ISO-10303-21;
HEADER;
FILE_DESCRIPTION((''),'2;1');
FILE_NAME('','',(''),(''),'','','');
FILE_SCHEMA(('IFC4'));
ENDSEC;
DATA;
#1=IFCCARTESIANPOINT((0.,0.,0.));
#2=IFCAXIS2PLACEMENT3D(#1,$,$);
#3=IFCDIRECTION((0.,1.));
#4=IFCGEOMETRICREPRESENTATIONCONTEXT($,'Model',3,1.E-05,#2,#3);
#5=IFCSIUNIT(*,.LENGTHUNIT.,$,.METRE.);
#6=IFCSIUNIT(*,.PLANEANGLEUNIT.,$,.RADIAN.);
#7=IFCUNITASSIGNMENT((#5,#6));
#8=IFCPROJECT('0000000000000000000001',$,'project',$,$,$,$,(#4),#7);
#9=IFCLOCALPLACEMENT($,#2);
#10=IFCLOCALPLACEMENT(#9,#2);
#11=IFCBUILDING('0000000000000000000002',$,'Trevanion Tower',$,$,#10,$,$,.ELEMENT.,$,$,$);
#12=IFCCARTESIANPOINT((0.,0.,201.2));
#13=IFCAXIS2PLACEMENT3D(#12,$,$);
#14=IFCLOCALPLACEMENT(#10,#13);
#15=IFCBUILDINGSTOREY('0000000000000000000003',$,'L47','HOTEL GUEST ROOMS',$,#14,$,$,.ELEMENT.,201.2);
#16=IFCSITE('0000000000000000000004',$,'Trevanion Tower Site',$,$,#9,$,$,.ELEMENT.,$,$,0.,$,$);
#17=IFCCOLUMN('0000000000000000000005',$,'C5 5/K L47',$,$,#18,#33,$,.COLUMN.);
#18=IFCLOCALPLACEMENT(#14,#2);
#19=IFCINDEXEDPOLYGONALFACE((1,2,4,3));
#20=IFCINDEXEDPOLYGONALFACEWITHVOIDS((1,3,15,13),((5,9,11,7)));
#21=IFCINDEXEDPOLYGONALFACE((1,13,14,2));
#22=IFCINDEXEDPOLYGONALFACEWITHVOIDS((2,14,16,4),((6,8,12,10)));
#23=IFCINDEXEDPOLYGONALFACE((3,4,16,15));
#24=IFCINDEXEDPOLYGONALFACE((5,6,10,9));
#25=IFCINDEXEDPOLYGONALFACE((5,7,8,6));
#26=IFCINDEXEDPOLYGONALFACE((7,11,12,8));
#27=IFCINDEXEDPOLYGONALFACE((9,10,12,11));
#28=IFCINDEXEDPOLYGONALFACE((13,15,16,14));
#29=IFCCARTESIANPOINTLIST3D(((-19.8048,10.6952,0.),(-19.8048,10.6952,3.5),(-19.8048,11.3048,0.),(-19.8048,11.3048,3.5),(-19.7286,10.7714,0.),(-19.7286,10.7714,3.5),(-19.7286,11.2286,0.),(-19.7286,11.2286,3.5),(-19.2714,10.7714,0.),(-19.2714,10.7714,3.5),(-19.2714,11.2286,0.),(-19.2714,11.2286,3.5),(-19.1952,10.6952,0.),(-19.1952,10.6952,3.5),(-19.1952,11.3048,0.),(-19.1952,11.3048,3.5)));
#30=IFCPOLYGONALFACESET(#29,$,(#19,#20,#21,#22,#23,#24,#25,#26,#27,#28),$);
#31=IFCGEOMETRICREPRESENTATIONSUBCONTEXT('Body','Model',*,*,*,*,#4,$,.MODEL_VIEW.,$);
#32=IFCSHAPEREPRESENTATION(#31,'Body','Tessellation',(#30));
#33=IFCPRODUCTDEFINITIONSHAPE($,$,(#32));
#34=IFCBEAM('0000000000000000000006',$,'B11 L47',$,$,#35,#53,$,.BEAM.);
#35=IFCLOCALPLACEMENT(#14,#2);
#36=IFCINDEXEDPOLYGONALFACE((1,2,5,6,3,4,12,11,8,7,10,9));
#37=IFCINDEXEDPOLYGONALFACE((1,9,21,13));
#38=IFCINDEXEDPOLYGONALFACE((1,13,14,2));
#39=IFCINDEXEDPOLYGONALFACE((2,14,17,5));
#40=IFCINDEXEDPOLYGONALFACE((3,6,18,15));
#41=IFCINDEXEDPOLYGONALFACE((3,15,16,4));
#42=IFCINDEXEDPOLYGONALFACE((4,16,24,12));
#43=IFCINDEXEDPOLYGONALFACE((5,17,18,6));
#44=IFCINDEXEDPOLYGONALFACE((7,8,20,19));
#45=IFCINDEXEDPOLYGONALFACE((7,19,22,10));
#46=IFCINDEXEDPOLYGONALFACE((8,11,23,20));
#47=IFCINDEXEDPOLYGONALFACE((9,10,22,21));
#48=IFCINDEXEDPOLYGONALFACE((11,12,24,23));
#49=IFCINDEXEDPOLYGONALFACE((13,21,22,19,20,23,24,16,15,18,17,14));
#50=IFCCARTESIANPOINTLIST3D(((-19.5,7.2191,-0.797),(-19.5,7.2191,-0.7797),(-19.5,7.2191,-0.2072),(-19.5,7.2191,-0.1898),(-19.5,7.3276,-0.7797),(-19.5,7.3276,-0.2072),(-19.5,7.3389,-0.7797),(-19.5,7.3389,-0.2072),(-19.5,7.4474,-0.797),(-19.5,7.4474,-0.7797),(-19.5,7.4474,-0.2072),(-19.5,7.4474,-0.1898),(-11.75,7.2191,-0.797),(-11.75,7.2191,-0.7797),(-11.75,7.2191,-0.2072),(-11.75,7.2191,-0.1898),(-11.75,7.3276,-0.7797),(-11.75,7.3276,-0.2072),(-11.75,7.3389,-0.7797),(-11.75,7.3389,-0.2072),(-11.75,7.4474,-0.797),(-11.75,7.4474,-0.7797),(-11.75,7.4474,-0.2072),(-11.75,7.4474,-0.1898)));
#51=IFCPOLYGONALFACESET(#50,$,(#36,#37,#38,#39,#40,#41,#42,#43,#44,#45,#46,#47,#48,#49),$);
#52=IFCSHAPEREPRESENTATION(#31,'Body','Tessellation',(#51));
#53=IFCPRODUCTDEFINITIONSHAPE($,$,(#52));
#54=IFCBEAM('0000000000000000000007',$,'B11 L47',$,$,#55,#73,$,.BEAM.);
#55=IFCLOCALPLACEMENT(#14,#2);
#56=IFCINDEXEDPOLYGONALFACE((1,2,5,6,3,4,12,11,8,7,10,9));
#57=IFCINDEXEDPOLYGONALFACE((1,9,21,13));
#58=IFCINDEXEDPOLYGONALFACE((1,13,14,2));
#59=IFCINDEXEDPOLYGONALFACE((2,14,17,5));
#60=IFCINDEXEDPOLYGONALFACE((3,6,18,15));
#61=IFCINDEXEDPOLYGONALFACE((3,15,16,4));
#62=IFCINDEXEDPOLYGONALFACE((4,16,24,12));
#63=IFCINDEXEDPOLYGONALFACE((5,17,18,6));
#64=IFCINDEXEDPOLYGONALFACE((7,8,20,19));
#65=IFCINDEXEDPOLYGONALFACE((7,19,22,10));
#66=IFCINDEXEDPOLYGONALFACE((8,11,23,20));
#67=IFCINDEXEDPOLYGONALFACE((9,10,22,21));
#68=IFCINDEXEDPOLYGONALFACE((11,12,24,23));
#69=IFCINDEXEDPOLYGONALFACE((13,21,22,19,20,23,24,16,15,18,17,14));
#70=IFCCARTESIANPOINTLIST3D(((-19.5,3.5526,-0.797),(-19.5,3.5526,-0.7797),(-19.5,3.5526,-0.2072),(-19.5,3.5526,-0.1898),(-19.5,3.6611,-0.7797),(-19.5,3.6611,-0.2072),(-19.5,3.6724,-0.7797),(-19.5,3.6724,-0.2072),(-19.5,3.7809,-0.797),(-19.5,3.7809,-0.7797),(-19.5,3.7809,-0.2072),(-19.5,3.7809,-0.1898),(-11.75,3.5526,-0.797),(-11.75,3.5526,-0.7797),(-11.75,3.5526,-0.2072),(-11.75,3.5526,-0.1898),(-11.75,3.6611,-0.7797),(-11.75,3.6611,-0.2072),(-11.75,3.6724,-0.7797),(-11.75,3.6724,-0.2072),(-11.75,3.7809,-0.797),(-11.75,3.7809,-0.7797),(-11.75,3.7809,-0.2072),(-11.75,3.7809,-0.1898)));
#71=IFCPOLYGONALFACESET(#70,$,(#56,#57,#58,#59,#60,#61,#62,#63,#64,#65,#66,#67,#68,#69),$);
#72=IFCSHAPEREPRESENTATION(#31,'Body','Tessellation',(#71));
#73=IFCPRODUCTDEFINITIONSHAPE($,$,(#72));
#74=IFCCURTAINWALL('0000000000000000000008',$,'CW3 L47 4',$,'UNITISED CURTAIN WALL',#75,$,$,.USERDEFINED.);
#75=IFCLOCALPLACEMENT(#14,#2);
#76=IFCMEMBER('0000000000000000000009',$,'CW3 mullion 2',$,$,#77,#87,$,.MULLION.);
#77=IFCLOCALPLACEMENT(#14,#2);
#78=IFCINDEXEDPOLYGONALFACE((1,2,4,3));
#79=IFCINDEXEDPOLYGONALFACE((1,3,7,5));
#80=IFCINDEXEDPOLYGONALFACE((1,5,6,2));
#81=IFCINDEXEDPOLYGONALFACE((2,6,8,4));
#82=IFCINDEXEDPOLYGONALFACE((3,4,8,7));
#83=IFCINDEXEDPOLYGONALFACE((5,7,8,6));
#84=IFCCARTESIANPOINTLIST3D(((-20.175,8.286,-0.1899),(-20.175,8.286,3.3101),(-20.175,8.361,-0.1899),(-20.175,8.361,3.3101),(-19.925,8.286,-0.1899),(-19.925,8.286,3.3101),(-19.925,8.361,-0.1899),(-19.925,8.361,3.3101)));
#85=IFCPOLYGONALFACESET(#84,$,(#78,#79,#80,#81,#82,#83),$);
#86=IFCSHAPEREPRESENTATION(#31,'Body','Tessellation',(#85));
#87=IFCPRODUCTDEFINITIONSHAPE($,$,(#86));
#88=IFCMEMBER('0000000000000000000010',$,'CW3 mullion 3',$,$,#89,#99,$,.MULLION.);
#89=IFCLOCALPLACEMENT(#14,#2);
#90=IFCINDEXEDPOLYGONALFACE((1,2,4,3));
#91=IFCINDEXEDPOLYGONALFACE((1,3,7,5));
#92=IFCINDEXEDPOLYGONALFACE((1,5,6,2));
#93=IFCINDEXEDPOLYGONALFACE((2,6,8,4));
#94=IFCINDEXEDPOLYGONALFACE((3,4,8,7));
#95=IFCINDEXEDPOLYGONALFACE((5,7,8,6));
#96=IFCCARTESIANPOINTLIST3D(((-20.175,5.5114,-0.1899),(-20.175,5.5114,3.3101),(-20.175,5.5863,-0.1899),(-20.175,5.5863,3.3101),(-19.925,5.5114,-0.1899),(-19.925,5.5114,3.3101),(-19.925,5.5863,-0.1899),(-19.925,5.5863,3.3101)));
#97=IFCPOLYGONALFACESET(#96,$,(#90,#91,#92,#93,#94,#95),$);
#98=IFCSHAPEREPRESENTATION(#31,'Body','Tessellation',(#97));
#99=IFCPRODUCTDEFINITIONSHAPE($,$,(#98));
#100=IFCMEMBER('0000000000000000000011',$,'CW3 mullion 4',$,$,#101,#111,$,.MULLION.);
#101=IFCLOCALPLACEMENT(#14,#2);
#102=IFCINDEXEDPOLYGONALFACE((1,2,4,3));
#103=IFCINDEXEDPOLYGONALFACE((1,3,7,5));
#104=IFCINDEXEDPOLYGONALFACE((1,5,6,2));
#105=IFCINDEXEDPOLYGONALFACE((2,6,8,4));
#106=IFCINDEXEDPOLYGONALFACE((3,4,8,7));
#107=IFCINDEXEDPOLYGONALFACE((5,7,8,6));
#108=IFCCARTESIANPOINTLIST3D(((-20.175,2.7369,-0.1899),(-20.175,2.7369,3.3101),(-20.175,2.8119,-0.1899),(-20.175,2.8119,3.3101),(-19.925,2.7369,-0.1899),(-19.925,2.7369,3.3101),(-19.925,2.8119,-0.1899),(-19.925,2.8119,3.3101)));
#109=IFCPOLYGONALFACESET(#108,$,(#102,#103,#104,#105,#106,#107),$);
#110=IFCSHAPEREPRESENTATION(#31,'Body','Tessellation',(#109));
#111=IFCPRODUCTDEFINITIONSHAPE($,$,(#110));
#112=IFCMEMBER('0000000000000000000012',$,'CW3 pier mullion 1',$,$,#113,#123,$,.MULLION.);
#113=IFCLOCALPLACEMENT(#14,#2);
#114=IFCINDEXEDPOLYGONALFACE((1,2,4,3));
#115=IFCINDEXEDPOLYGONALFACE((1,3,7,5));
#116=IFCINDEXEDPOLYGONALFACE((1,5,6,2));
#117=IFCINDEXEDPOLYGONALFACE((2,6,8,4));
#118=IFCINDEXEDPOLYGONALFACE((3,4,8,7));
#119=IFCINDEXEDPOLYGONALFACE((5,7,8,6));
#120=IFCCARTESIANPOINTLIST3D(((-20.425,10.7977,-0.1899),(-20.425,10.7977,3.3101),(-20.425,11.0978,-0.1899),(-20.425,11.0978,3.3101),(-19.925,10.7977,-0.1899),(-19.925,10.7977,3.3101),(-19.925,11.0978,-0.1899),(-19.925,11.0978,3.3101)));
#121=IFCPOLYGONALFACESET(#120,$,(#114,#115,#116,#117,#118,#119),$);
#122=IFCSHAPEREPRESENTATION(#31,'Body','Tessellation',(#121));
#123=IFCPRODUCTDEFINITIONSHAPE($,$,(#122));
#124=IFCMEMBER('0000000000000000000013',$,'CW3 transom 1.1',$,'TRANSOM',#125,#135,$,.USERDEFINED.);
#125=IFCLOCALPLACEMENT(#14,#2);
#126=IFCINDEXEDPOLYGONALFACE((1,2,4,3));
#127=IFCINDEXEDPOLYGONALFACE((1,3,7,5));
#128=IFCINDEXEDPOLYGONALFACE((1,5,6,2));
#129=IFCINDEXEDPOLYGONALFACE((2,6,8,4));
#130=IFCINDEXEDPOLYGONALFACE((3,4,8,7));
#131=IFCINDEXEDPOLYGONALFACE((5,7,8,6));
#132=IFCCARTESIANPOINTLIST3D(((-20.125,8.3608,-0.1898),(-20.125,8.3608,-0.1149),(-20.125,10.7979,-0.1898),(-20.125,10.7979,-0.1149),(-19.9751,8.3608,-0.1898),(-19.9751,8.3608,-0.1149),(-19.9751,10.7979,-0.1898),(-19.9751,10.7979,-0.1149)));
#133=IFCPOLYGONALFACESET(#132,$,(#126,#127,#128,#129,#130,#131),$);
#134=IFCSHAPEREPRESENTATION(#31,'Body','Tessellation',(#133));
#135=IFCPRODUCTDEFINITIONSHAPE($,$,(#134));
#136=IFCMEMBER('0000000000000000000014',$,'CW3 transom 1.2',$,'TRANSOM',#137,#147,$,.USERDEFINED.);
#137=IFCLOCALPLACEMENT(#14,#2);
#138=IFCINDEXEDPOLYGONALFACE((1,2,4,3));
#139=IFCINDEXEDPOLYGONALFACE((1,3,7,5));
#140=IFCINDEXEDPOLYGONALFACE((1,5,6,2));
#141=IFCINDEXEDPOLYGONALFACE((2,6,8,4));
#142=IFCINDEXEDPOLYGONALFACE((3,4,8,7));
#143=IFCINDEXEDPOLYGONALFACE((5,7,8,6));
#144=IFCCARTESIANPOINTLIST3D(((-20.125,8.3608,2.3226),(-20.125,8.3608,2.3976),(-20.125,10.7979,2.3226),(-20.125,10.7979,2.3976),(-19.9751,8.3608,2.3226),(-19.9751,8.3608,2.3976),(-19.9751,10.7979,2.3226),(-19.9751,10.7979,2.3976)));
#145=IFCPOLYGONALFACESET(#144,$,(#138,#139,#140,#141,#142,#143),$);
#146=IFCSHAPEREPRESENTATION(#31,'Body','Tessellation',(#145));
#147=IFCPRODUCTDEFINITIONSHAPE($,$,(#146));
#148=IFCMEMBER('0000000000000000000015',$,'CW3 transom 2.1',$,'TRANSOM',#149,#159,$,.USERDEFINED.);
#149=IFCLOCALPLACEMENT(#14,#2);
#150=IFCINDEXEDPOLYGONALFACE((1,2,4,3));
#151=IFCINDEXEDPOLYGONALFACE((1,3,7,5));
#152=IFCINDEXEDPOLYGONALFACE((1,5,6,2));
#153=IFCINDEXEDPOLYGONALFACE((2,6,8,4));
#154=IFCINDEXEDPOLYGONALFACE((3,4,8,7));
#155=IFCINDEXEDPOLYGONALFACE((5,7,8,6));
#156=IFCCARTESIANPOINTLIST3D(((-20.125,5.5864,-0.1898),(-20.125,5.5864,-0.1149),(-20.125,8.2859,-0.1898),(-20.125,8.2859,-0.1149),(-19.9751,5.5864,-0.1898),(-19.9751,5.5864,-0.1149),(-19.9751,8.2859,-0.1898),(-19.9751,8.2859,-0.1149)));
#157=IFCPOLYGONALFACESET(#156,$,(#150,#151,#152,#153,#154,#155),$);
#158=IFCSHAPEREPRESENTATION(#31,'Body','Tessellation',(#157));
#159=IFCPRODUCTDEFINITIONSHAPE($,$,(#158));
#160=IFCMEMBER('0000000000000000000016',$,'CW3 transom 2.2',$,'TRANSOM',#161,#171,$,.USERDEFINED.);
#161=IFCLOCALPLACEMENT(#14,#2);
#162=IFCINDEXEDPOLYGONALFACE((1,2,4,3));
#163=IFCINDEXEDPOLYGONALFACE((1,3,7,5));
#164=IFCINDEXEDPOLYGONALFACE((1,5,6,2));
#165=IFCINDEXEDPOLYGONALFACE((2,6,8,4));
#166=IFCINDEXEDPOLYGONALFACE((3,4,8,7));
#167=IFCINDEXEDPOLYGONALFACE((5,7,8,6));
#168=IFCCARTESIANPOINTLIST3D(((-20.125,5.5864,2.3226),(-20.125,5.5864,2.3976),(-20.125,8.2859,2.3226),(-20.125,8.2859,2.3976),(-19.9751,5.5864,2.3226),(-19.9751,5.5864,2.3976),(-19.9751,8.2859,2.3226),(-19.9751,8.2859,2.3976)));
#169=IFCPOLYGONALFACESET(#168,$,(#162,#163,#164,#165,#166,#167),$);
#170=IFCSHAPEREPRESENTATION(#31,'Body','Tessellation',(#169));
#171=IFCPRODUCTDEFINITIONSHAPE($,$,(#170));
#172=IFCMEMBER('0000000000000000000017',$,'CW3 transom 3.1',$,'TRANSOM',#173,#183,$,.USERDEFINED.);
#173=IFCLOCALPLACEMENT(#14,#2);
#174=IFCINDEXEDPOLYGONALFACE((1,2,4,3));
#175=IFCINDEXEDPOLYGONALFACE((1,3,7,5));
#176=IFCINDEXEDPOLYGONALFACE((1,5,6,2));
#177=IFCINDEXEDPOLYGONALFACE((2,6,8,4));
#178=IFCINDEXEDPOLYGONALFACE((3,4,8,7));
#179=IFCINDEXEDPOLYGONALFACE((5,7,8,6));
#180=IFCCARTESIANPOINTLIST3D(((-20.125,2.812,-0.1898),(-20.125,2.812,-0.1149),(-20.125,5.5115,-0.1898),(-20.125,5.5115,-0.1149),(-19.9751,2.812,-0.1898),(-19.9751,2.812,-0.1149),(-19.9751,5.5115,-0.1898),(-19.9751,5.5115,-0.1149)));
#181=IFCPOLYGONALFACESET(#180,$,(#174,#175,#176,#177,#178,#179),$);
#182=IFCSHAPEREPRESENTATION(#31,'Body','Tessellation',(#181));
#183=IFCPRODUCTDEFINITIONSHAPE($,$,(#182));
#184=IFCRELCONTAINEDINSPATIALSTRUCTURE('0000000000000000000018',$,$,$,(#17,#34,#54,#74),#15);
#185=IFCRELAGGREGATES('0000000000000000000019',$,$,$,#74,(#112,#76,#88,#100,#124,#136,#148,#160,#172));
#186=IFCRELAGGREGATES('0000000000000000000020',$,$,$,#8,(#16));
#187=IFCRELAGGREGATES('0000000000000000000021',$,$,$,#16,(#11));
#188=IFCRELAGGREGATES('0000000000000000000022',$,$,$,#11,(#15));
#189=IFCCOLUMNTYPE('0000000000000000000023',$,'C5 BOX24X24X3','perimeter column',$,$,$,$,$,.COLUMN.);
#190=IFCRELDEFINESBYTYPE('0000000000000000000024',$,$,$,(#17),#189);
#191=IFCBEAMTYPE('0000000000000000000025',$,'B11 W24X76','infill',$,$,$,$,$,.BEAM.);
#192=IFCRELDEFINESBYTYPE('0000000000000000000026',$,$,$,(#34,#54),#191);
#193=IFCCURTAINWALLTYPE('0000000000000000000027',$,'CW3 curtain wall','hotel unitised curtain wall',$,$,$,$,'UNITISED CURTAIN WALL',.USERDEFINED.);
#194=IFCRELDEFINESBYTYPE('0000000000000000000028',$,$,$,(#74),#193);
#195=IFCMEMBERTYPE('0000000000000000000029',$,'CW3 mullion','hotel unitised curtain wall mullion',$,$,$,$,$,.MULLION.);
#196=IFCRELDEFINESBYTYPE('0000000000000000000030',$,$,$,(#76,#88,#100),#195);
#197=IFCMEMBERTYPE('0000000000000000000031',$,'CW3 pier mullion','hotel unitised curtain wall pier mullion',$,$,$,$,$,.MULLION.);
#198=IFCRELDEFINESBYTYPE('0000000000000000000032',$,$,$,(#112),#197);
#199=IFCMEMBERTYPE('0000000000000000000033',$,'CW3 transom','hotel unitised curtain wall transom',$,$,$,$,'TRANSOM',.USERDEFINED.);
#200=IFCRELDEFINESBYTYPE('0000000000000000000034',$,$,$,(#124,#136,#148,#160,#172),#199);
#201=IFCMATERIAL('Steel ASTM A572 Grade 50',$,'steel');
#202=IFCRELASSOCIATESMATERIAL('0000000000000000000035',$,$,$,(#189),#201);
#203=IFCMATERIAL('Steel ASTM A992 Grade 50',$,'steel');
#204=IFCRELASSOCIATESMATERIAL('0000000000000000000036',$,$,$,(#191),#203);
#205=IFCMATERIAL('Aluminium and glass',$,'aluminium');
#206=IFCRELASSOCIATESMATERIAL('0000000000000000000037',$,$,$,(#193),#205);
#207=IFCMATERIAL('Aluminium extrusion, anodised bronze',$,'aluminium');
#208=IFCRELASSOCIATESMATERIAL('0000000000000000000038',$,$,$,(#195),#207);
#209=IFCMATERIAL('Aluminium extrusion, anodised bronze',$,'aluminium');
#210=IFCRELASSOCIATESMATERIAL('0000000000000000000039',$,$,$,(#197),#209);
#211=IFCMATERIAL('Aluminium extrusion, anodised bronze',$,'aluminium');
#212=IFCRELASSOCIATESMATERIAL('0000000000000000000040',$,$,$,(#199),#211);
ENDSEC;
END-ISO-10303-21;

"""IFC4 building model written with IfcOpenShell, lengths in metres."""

from ifc_helpers import new_model, si_unit, direction, frame, origin, origin_2d, place, context, subcontext, project, spatial, rectangle, hollow_rectangle, i_section, extrude, material, material_profile, profile_set, type_object, element, aggregate, save


model = new_model("IFC4")

# Units and contexts
model_context = context("Model", 3, precision=1e-05, world=origin(), true_north=direction((0.0, 1.0)))
body_context = subcontext(model_context, "Body", "Model", "MODEL_VIEW")
ifc_project = project(units=[si_unit("LENGTHUNIT", "METRE"), si_unit("PLANEANGLEUNIT", "RADIAN")], contexts=[model_context])

# Site, building, storey
site_placement = place(None, origin())
site = spatial("IfcSite", under=ifc_project, at=site_placement, Name="Trevanion Tower Site", CompositionType="ELEMENT", RefElevation=0.0)
building_placement = place(site_placement, origin())
building = spatial("IfcBuilding", under=site, at=building_placement, Name="Trevanion Tower", CompositionType="ELEMENT")
storey_placement = place(building_placement, frame((0.0, 0.0, 201.2)))
storey = spatial("IfcBuildingStorey", under=building, at=storey_placement, Name="L47", Description="HOTEL GUEST ROOMS", CompositionType="ELEMENT", Elevation=201.2)

# Column
ifc_material_1 = material(Name="Steel ASTM A572 Grade 50", Category="steel")
ifc_material_profile_1 = material_profile(ifc_material_1, hollow_rectangle(XDim=0.6096, YDim=0.6096, WallThickness=0.0762, at=origin_2d()), Name="BOX24X24X3")
ifc_profile_set_1 = profile_set([ifc_material_profile_1], Name="Steel ASTM A572 Grade 50")
column_type = type_object("IfcColumnType", Name="C5 BOX24X24X3", Description="perimeter column", PredefinedType="COLUMN", material=ifc_profile_set_1)
column_placement = place(storey_placement, frame((-19.5, 11.0, 0.0), z_axis=(0.0, 0.0, 1.0), x_axis=(0.0, 1.0, 0.0)))
element("IfcColumn", 1, at=column_placement, inside=storey, type_object=column_type, Name="C5 5/K L47", PredefinedType="COLUMN", context=body_context, shape_type="SweptSolid", body=[
    extrude(hollow_rectangle(XDim=0.6096, YDim=0.6096, WallThickness=0.0762, at=origin_2d()), origin(), (0.0, 0.0, 1.0), 3.5),
])

# Beams
ifc_material_2 = material(Name="Steel ASTM A992 Grade 50", Category="steel")
ifc_material_profile_2 = material_profile(ifc_material_2, i_section(OverallWidth=0.2283, OverallDepth=0.6072, WebThickness=0.0112, FlangeThickness=0.0173, at=origin_2d()), Name="W24X76")
ifc_profile_set_2 = profile_set([ifc_material_profile_2], Name="Steel ASTM A992 Grade 50")
beam_type_1 = type_object("IfcBeamType", Name="B11 W24X76", Description="infill", PredefinedType="BEAM", material=ifc_profile_set_2)
for number, where, z_axis, x_axis, name in (
    (2, (-11.75, 7.3333, -0.4934), (-1.0, 0.0, 0.0), (0.0, -1.0, 0.0), "B11 L47"),
    (3, (-11.75, 3.6667, -0.4934), (-1.0, 0.0, 0.0), (0.0, -1.0, 0.0), "B11 L47"),
):
    element("IfcBeam", number, at=place(storey_placement, frame(where, z_axis=z_axis, x_axis=x_axis)), inside=storey, type_object=beam_type_1, Name=name, PredefinedType="BEAM", context=body_context, shape_type="SweptSolid", body=[
        extrude(i_section(OverallWidth=0.2283, OverallDepth=0.6072, WebThickness=0.0112, FlangeThickness=0.0173, at=origin_2d()), origin(), (0.0, 0.0, 1.0), 7.75),
    ])

# Curtain wall, members
ifc_material_3 = material(Name="Aluminium and glass", Category="aluminium")
curtain_wall_type = type_object("IfcCurtainWallType", Name="CW3 curtain wall", Description="hotel unitised curtain wall", ElementType="UNITISED CURTAIN WALL", PredefinedType="USERDEFINED", material=ifc_material_3)
curtain_wall_placement = place(storey_placement, origin())
curtain_wall = element("IfcCurtainWall", 4, at=curtain_wall_placement, inside=storey, type_object=curtain_wall_type, Name="CW3 L47 4", ObjectType="UNITISED CURTAIN WALL", PredefinedType="USERDEFINED")
ifc_material_4 = material(Name="Aluminium extrusion, anodised bronze", Category="aluminium")
ifc_material_profile_3 = material_profile(ifc_material_4, rectangle(XDim=0.075, YDim=0.25, at=origin_2d()), Name="CW3 mullion")
ifc_profile_set_3 = profile_set([ifc_material_profile_3], Name="Aluminium extrusion, anodised bronze")
member_type_1 = type_object("IfcMemberType", Name="CW3 mullion", Description="hotel unitised curtain wall mullion", PredefinedType="MULLION", material=ifc_profile_set_3)
member_1_placement = place(storey_placement, frame((-20.05, 8.3235, -0.1899), z_axis=(0.0, 0.0, 1.0), x_axis=(0.0, -1.0, 0.0)))
member_1 = element("IfcMember", 5, at=member_1_placement, type_object=member_type_1, Name="CW3 mullion 2", PredefinedType="MULLION", context=body_context, shape_type="SweptSolid", body=[
    extrude(rectangle(XDim=0.075, YDim=0.25, at=origin_2d()), origin(), (0.0, 0.0, 1.0), 3.5),
])
member_2_placement = place(storey_placement, frame((-20.05, 5.5488, -0.1899), z_axis=(0.0, 0.0, 1.0), x_axis=(0.0, -1.0, 0.0)))
member_2 = element("IfcMember", 6, at=member_2_placement, type_object=member_type_1, Name="CW3 mullion 3", PredefinedType="MULLION", context=body_context, shape_type="SweptSolid", body=[
    extrude(rectangle(XDim=0.075, YDim=0.25, at=origin_2d()), origin(), (0.0, 0.0, 1.0), 3.5),
])
member_3_placement = place(storey_placement, frame((-20.05, 2.7744, -0.1899), z_axis=(0.0, 0.0, 1.0), x_axis=(0.0, -1.0, 0.0)))
member_3 = element("IfcMember", 7, at=member_3_placement, type_object=member_type_1, Name="CW3 mullion 4", PredefinedType="MULLION", context=body_context, shape_type="SweptSolid", body=[
    extrude(rectangle(XDim=0.075, YDim=0.25, at=origin_2d()), origin(), (0.0, 0.0, 1.0), 3.5),
])
ifc_material_5 = material(Name="Aluminium extrusion, anodised bronze", Category="aluminium")
ifc_material_profile_4 = material_profile(ifc_material_5, rectangle(XDim=0.3, YDim=0.5, at=origin_2d()), Name="CW3 pier mullion")
ifc_profile_set_4 = profile_set([ifc_material_profile_4], Name="Aluminium extrusion, anodised bronze")
member_type_2 = type_object("IfcMemberType", Name="CW3 pier mullion", Description="hotel unitised curtain wall pier mullion", PredefinedType="MULLION", material=ifc_profile_set_4)
member_4_placement = place(storey_placement, frame((-20.175, 10.9478, -0.1899), z_axis=(0.0, 0.0, 1.0), x_axis=(0.0, -1.0, 0.0)))
member_4 = element("IfcMember", 8, at=member_4_placement, type_object=member_type_2, Name="CW3 pier mullion 1", PredefinedType="MULLION", context=body_context, shape_type="SweptSolid", body=[
    extrude(rectangle(XDim=0.3, YDim=0.5, at=origin_2d()), origin(), (0.0, 0.0, 1.0), 3.5),
])
ifc_material_6 = material(Name="Aluminium extrusion, anodised bronze", Category="aluminium")
ifc_material_profile_5 = material_profile(ifc_material_6, rectangle(XDim=0.1499, YDim=0.075, at=origin_2d()), Name="CW3 transom")
ifc_profile_set_5 = profile_set([ifc_material_profile_5], Name="Aluminium extrusion, anodised bronze")
member_type_3 = type_object("IfcMemberType", Name="CW3 transom", Description="hotel unitised curtain wall transom", ElementType="TRANSOM", PredefinedType="USERDEFINED", material=ifc_profile_set_5)
member_5_placement = place(storey_placement, frame((-20.05, 10.7979, -0.1523), z_axis=(0.0, -1.0, 0.0), x_axis=(1.0, 0.0, 0.0)))
member_5 = element("IfcMember", 9, at=member_5_placement, type_object=member_type_3, Name="CW3 transom 1.1", ObjectType="TRANSOM", PredefinedType="USERDEFINED", context=body_context, shape_type="SweptSolid", body=[
    extrude(rectangle(XDim=0.1499, YDim=0.075, at=origin_2d()), origin(), (0.0, 0.0, 1.0), 2.437),
])
member_6_placement = place(storey_placement, frame((-20.05, 10.7979, 2.3601), z_axis=(0.0, -1.0, 0.0), x_axis=(1.0, 0.0, 0.0)))
member_6 = element("IfcMember", 10, at=member_6_placement, type_object=member_type_3, Name="CW3 transom 1.2", ObjectType="TRANSOM", PredefinedType="USERDEFINED", context=body_context, shape_type="SweptSolid", body=[
    extrude(rectangle(XDim=0.1499, YDim=0.075, at=origin_2d()), origin(), (0.0, 0.0, 1.0), 2.437),
])
member_7_placement = place(storey_placement, frame((-20.05, 8.2859, -0.1523), z_axis=(0.0, -1.0, 0.0), x_axis=(1.0, 0.0, 0.0)))
member_7 = element("IfcMember", 11, at=member_7_placement, type_object=member_type_3, Name="CW3 transom 2.1", ObjectType="TRANSOM", PredefinedType="USERDEFINED", context=body_context, shape_type="SweptSolid", body=[
    extrude(rectangle(XDim=0.1499, YDim=0.075, at=origin_2d()), origin(), (0.0, 0.0, 1.0), 2.6995),
])
member_8_placement = place(storey_placement, frame((-20.05, 8.2859, 2.3601), z_axis=(0.0, -1.0, 0.0), x_axis=(1.0, 0.0, 0.0)))
member_8 = element("IfcMember", 12, at=member_8_placement, type_object=member_type_3, Name="CW3 transom 2.2", ObjectType="TRANSOM", PredefinedType="USERDEFINED", context=body_context, shape_type="SweptSolid", body=[
    extrude(rectangle(XDim=0.1499, YDim=0.075, at=origin_2d()), origin(), (0.0, 0.0, 1.0), 2.6995),
])
member_9_placement = place(storey_placement, frame((-20.05, 5.5115, -0.1523), z_axis=(0.0, -1.0, 0.0), x_axis=(1.0, 0.0, 0.0)))
member_9 = element("IfcMember", 13, at=member_9_placement, type_object=member_type_3, Name="CW3 transom 3.1", ObjectType="TRANSOM", PredefinedType="USERDEFINED", context=body_context, shape_type="SweptSolid", body=[
    extrude(rectangle(XDim=0.1499, YDim=0.075, at=origin_2d()), origin(), (0.0, 0.0, 1.0), 2.6995),
])

aggregate(curtain_wall, [member_4, member_1, member_2, member_3, member_5, member_6, member_7, member_8, member_9])

save(model, "model.ifc")
